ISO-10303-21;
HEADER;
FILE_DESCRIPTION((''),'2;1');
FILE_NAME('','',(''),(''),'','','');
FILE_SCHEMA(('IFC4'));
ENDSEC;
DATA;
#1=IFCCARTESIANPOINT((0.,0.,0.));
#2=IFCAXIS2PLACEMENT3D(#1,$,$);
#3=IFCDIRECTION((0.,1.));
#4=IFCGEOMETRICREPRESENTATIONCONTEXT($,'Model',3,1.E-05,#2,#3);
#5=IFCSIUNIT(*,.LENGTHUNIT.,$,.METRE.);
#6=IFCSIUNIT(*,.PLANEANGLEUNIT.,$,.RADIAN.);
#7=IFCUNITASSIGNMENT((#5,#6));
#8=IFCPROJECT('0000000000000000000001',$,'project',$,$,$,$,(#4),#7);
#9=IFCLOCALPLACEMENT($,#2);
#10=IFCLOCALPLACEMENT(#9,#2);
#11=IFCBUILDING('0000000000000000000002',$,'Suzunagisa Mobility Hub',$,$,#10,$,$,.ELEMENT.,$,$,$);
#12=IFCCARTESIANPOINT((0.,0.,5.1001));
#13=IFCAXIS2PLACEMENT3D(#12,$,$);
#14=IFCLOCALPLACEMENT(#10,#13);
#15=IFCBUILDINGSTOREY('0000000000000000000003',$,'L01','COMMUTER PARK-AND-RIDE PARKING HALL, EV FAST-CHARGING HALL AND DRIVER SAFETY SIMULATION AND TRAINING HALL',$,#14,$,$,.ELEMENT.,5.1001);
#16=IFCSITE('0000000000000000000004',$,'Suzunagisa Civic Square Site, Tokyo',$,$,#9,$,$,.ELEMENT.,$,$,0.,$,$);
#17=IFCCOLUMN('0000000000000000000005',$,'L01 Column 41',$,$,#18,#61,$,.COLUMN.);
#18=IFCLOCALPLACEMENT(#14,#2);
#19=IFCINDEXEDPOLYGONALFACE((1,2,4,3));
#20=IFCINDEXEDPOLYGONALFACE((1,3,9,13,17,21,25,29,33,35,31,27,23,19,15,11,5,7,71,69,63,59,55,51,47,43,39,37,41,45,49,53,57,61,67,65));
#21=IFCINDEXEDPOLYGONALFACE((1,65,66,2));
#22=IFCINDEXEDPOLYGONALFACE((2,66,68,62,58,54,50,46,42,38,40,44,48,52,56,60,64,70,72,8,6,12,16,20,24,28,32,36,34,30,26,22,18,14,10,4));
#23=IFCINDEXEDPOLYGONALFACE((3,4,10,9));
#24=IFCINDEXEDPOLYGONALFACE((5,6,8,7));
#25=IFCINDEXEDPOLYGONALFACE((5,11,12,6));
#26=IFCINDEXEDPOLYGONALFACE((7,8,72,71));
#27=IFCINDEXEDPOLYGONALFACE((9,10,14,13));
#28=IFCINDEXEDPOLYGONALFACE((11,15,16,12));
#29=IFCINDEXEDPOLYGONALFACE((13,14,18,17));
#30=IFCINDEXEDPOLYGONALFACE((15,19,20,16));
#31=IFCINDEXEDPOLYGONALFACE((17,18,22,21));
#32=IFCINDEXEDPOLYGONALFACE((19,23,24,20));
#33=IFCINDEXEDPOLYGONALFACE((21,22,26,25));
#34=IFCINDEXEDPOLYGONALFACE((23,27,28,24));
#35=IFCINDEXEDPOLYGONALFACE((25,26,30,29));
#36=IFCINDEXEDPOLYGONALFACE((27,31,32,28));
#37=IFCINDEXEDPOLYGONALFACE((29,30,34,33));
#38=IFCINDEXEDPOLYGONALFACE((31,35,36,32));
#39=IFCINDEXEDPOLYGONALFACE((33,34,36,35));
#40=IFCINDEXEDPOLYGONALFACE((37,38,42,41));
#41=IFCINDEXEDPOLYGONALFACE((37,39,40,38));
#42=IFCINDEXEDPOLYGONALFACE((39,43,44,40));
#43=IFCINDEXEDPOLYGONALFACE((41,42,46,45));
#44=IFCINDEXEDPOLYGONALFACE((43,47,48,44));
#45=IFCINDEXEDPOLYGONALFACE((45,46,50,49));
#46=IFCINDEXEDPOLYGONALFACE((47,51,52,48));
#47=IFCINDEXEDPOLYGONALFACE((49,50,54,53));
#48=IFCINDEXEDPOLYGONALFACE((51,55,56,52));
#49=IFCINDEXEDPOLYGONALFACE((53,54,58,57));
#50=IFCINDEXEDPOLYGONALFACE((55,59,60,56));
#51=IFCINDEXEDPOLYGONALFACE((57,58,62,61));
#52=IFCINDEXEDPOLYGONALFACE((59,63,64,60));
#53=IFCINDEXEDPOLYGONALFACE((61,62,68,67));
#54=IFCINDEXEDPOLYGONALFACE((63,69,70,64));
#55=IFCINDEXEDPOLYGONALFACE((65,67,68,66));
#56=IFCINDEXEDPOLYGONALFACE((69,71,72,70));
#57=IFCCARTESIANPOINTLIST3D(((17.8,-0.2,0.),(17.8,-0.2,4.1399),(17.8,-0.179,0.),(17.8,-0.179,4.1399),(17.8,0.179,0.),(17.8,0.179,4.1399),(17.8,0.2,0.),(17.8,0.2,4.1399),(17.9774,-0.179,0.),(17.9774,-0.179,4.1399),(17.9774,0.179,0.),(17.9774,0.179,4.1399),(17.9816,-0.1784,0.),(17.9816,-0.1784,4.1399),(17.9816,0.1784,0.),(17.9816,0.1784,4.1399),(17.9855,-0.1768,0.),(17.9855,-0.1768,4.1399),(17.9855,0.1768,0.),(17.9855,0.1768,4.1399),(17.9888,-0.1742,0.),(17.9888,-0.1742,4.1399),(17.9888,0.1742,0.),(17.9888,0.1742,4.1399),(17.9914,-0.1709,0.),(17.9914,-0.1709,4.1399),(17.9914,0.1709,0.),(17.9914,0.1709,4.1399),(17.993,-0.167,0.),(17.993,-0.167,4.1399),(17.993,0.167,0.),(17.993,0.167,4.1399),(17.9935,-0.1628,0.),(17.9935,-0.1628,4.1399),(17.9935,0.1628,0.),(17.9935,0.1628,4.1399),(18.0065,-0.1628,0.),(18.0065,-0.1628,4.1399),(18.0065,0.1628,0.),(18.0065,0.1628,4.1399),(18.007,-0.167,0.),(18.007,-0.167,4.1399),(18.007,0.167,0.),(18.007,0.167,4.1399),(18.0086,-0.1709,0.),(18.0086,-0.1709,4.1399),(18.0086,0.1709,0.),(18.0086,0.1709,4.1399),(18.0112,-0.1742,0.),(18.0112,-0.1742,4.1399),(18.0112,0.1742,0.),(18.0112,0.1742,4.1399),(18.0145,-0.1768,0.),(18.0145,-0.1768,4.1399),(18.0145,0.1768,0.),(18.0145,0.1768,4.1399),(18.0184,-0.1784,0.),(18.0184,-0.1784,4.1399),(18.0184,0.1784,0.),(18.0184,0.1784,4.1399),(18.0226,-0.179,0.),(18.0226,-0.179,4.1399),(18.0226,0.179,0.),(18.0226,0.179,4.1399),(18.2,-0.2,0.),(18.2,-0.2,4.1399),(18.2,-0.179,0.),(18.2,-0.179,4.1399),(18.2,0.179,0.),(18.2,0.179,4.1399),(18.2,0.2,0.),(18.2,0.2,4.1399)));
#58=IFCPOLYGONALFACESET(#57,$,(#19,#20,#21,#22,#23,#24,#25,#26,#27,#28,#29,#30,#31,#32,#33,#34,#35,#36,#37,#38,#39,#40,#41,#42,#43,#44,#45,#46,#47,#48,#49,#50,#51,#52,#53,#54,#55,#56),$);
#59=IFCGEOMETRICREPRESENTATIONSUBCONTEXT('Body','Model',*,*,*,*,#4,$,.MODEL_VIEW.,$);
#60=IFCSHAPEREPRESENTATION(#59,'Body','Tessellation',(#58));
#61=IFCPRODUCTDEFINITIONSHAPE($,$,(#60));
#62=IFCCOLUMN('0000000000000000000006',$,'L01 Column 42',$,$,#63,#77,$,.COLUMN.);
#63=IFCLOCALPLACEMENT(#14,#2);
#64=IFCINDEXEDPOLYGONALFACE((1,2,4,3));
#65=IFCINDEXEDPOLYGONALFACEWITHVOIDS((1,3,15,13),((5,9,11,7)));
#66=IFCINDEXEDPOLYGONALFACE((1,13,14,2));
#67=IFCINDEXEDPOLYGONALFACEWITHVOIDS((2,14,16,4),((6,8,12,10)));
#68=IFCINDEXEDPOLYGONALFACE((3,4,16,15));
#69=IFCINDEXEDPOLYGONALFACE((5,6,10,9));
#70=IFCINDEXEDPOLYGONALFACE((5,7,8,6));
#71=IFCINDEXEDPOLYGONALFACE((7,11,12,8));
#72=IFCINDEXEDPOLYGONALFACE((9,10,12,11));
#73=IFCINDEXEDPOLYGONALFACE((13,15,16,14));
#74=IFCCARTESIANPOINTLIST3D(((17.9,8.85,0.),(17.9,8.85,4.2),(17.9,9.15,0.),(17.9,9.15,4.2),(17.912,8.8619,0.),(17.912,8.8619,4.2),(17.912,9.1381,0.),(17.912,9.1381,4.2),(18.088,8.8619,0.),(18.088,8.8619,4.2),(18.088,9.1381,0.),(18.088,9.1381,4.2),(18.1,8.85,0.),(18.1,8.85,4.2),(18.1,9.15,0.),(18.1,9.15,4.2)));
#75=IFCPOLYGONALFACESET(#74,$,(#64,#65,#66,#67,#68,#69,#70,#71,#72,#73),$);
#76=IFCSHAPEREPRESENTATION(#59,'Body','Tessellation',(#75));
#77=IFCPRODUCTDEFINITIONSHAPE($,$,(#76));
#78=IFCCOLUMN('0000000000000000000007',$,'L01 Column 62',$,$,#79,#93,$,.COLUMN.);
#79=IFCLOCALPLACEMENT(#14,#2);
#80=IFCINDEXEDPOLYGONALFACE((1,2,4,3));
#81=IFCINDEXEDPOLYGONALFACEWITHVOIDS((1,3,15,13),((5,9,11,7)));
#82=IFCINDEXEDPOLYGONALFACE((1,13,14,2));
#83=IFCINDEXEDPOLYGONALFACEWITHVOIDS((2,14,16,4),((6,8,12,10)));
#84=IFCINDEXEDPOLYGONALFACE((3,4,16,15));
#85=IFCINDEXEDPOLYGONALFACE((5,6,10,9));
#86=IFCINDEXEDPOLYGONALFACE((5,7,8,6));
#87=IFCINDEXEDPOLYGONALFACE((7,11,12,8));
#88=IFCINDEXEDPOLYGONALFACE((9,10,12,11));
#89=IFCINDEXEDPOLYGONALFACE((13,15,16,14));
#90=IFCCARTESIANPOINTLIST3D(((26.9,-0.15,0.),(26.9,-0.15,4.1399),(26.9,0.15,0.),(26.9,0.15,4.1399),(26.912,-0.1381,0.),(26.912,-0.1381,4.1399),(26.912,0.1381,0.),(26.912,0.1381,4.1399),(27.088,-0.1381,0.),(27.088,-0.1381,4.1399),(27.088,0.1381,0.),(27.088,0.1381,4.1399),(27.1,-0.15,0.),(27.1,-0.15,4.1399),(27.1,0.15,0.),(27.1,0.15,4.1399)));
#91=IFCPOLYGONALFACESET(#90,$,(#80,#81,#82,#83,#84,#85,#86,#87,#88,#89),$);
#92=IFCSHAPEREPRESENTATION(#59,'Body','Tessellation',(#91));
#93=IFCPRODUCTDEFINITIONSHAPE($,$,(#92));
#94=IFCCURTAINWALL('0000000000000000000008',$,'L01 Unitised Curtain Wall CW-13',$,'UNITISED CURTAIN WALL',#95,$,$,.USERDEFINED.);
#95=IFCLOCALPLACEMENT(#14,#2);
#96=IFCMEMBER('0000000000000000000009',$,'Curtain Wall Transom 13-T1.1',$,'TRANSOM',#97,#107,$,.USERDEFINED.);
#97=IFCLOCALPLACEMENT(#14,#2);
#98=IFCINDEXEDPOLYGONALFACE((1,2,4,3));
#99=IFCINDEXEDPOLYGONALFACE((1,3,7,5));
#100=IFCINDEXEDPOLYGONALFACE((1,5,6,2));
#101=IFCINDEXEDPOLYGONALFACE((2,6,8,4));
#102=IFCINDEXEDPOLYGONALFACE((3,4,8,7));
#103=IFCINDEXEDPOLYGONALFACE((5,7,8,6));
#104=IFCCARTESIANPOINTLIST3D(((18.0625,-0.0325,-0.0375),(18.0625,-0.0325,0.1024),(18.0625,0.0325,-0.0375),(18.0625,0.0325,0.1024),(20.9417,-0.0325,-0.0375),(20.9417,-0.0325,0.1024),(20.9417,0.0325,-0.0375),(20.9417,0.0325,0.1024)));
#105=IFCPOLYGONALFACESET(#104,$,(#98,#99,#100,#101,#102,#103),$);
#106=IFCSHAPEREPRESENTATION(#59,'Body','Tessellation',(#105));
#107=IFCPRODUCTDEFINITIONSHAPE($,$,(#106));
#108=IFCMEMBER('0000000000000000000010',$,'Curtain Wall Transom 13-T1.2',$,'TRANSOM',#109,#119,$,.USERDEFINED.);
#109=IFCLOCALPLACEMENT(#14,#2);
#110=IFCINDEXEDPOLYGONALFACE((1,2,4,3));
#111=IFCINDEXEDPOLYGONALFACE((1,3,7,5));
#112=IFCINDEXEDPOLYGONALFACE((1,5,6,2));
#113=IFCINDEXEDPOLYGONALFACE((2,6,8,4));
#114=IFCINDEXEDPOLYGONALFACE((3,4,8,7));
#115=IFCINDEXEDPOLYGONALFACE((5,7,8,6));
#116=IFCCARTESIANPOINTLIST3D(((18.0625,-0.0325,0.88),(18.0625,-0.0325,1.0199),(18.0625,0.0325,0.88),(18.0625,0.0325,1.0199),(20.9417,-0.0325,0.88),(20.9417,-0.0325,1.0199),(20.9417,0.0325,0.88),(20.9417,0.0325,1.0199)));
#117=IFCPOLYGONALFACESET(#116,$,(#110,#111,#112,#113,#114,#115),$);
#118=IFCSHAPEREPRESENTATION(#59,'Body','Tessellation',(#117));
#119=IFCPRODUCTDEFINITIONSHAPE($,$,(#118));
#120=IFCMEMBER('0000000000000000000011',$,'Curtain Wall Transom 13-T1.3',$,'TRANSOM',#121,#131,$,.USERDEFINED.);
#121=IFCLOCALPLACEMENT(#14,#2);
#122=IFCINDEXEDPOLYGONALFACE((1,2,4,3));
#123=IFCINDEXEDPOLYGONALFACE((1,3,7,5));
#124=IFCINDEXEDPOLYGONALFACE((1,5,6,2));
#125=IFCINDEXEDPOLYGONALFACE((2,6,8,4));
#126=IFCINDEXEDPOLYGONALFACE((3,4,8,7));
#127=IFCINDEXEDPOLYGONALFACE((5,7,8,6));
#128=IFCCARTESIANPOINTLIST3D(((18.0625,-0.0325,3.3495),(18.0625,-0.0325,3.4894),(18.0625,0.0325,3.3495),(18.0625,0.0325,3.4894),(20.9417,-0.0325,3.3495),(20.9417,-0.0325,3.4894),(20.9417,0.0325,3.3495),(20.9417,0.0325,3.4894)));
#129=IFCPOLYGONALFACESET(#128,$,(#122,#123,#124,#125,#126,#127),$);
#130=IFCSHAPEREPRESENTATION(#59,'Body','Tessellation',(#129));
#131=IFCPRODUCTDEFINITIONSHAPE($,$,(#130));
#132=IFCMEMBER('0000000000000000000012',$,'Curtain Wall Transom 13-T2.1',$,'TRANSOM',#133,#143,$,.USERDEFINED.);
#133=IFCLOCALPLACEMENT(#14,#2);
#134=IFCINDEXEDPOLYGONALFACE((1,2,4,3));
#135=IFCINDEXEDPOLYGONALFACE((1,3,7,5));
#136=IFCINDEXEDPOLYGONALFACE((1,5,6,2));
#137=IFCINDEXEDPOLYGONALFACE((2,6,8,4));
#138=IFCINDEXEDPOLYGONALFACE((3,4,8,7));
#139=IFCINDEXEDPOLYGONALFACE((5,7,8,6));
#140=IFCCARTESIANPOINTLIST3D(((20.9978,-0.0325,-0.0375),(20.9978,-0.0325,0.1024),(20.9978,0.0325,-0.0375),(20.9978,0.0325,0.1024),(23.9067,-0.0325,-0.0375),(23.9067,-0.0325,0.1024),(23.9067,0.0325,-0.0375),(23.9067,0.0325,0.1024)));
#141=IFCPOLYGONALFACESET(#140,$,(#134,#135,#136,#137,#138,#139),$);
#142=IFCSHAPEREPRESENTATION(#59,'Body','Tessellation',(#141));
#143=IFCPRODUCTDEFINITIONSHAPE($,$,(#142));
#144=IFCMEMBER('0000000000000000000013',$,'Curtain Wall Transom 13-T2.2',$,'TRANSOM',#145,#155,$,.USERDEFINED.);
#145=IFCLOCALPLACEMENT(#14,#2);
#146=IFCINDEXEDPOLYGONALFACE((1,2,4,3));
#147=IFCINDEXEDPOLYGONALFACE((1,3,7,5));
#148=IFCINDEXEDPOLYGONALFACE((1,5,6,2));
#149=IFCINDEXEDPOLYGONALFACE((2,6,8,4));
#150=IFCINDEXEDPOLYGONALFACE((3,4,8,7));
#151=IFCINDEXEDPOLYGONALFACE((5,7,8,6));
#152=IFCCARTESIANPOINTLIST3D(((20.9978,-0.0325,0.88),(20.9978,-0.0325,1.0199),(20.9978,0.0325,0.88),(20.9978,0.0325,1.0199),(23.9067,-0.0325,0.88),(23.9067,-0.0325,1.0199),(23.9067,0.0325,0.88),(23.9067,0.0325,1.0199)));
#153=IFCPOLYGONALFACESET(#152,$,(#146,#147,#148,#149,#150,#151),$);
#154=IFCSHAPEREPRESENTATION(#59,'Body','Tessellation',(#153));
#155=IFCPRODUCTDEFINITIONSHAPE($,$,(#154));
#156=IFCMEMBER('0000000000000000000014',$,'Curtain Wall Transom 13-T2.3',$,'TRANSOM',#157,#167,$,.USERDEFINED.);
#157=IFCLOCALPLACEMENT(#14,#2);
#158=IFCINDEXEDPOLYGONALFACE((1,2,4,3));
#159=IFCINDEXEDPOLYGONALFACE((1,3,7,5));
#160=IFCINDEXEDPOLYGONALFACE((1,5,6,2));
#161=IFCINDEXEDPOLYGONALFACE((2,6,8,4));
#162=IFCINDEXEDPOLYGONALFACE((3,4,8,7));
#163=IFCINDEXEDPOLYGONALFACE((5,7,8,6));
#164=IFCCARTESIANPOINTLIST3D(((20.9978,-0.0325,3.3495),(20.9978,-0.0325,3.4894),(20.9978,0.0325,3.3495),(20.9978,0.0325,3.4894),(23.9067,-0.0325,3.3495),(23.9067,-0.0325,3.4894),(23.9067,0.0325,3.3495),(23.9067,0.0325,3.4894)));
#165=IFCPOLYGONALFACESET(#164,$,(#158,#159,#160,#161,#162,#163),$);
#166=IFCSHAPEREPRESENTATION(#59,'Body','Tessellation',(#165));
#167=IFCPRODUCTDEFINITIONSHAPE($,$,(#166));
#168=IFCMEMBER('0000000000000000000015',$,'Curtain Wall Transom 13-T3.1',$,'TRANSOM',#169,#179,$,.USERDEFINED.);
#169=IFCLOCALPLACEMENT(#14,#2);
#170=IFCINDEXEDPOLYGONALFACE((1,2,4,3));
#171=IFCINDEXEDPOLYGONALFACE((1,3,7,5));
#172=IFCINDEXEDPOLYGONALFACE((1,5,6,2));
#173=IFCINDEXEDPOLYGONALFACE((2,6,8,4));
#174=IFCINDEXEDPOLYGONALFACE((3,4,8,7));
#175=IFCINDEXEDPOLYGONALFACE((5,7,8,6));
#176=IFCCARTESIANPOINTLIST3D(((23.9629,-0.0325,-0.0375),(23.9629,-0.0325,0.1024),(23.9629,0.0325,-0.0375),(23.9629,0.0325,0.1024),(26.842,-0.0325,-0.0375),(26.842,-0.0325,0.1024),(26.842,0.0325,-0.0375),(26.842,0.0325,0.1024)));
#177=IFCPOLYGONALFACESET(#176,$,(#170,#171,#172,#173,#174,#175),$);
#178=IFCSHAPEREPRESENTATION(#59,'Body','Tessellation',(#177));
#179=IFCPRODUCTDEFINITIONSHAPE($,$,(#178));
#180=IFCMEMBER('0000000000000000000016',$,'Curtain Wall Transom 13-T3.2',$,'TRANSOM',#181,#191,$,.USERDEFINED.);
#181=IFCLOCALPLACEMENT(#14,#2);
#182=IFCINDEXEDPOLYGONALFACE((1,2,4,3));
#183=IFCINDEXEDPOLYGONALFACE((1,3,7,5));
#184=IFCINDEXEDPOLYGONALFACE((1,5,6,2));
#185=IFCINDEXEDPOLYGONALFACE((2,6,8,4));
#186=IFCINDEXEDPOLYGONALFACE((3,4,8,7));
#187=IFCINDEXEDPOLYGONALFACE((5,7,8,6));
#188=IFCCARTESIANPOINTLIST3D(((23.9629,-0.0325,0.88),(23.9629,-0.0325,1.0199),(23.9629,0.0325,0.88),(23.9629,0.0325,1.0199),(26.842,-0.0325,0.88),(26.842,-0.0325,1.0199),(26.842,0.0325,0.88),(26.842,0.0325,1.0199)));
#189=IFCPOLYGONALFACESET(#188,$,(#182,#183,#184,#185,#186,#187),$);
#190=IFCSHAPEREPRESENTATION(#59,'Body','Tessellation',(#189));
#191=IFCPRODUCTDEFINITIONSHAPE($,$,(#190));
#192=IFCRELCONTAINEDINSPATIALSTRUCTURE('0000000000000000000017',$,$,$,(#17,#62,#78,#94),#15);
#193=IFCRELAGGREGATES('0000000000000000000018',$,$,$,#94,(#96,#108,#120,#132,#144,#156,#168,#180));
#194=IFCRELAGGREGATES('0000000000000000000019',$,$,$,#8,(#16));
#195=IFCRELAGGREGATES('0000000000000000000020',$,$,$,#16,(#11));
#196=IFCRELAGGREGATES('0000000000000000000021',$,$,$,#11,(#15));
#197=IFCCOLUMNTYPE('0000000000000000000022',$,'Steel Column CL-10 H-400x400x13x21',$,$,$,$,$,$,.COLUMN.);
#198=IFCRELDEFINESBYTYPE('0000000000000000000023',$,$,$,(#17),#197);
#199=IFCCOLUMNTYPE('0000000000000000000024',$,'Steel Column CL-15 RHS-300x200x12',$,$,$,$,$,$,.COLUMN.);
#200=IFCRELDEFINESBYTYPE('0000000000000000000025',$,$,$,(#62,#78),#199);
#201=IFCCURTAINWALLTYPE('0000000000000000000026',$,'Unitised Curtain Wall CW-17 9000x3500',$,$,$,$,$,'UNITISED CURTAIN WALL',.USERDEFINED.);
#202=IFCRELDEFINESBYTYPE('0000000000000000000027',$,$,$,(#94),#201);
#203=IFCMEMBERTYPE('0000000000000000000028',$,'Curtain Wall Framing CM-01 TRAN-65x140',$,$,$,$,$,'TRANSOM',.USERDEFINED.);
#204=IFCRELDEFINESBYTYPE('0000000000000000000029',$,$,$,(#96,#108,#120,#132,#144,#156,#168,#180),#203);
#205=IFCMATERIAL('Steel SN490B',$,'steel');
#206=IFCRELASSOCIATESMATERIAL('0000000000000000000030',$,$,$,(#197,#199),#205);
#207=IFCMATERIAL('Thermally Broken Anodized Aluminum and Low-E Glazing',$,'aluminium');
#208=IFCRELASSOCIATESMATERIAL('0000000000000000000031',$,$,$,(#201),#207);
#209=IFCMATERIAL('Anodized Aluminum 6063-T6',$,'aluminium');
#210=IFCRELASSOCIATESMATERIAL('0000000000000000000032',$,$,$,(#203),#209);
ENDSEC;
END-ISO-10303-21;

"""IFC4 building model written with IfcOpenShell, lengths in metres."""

from ifc_helpers import new_model, si_unit, direction, frame, origin, origin_2d, place, context, subcontext, project, spatial, rectangle, hollow_rectangle, i_section, extrude, material, material_profile, profile_set, type_object, element, aggregate, save


model = new_model("IFC4")

# Units and contexts
model_context = context("Model", 3, precision=1e-05, world=origin(), true_north=direction((0.0, 1.0)))
body_context = subcontext(model_context, "Body", "Model", "MODEL_VIEW")
ifc_project = project(units=[si_unit("LENGTHUNIT", "METRE"), si_unit("PLANEANGLEUNIT", "RADIAN")], contexts=[model_context])

# Site, building, storey
site_placement = place(None, origin())
site = spatial("IfcSite", under=ifc_project, at=site_placement, Name="Suzunagisa Civic Square Site, Tokyo", CompositionType="ELEMENT", RefElevation=0.0)
building_placement = place(site_placement, origin())
building = spatial("IfcBuilding", under=site, at=building_placement, Name="Suzunagisa Mobility Hub", CompositionType="ELEMENT")
storey_placement = place(building_placement, frame((0.0, 0.0, 5.1001)))
storey = spatial("IfcBuildingStorey", under=building, at=storey_placement, Name="L01", Description="COMMUTER PARK-AND-RIDE PARKING HALL, EV FAST-CHARGING HALL AND DRIVER SAFETY SIMULATION AND TRAINING HALL", CompositionType="ELEMENT", Elevation=5.1001)

# Columns
ifc_material_1 = material(Name="Steel SN490B", Category="steel")
ifc_material_profile_1 = material_profile(ifc_material_1, i_section(OverallWidth=0.3999, OverallDepth=0.3999, WebThickness=0.0129, FlangeThickness=0.021, FilletRadius=0.0161, at=origin_2d()), Name="H-400x400x13x21")
ifc_profile_set_1 = profile_set([ifc_material_profile_1], Name="Steel SN490B")
column_type_1 = type_object("IfcColumnType", Name="Steel Column CL-10 H-400x400x13x21", PredefinedType="COLUMN", material=ifc_profile_set_1)
column_1_placement = place(storey_placement, frame((18.0, 0.0, 0.0), z_axis=(0.0, 0.0, 1.0), x_axis=(1.0, 0.0, 0.0)))
element("IfcColumn", 1, at=column_1_placement, inside=storey, type_object=column_type_1, Name="L01 Column 41", PredefinedType="COLUMN", context=body_context, shape_type="SweptSolid", body=[
    extrude(i_section(OverallWidth=0.3999, OverallDepth=0.3999, WebThickness=0.0129, FlangeThickness=0.021, FilletRadius=0.0161, at=origin_2d()), origin(), (0.0, 0.0, 1.0), 4.1399),
])
ifc_material_profile_2 = material_profile(ifc_material_1, hollow_rectangle(XDim=0.2, YDim=0.3, WallThickness=0.012, at=origin_2d()), Name="RHS-300x200x12")
ifc_profile_set_2 = profile_set([ifc_material_profile_2], Name="Steel SN490B")
column_type_2 = type_object("IfcColumnType", Name="Steel Column CL-15 RHS-300x200x12", PredefinedType="COLUMN", material=ifc_profile_set_2)
column_2_placement = place(storey_placement, frame((18.0, 9.0, 0.0), z_axis=(0.0, 0.0, 1.0), x_axis=(1.0, 0.0, 0.0)))
element("IfcColumn", 2, at=column_2_placement, inside=storey, type_object=column_type_2, Name="L01 Column 42", PredefinedType="COLUMN", context=body_context, shape_type="SweptSolid", body=[
    extrude(hollow_rectangle(XDim=0.2, YDim=0.3, WallThickness=0.012, at=origin_2d()), origin(), (0.0, 0.0, 1.0), 4.2),
])
column_3_placement = place(storey_placement, frame((27.0, 0.0, 0.0), z_axis=(0.0, 0.0, 1.0), x_axis=(1.0, 0.0, 0.0)))
element("IfcColumn", 3, at=column_3_placement, inside=storey, type_object=column_type_2, Name="L01 Column 62", PredefinedType="COLUMN", context=body_context, shape_type="SweptSolid", body=[
    extrude(hollow_rectangle(XDim=0.2, YDim=0.3, WallThickness=0.012, at=origin_2d()), origin(), (0.0, 0.0, 1.0), 4.1399),
])

# Curtain wall, members
ifc_material_2 = material(Name="Thermally Broken Anodized Aluminum and Low-E Glazing", Category="aluminium")
curtain_wall_type = type_object("IfcCurtainWallType", Name="Unitised Curtain Wall CW-17 9000x3500", ElementType="UNITISED CURTAIN WALL", PredefinedType="USERDEFINED", material=ifc_material_2)
curtain_wall_placement = place(storey_placement, origin())
curtain_wall = element("IfcCurtainWall", 4, at=curtain_wall_placement, inside=storey, type_object=curtain_wall_type, Name="L01 Unitised Curtain Wall CW-13", ObjectType="UNITISED CURTAIN WALL", PredefinedType="USERDEFINED")
ifc_material_3 = material(Name="Anodized Aluminum 6063-T6", Category="aluminium")
ifc_material_profile_3 = material_profile(ifc_material_3, rectangle(XDim=0.0649, YDim=0.1399, at=origin_2d()), Name="TRAN-65x140")
ifc_profile_set_3 = profile_set([ifc_material_profile_3], Name="Anodized Aluminum 6063-T6")
member_type_1 = type_object("IfcMemberType", Name="Curtain Wall Framing CM-01 TRAN-65x140", ElementType="TRANSOM", PredefinedType="USERDEFINED", material=ifc_profile_set_3)
member_1_placement = place(storey_placement, frame((18.0625, 0.0, 0.0325), z_axis=(1.0, 0.0, 0.0), x_axis=(0.0, 1.0, 0.0)))
member_1 = element("IfcMember", 5, at=member_1_placement, type_object=member_type_1, Name="Curtain Wall Transom 13-T1.1", ObjectType="TRANSOM", PredefinedType="USERDEFINED", context=body_context, shape_type="SweptSolid", body=[
    extrude(rectangle(XDim=0.0649, YDim=0.1399, at=origin_2d()), origin(), (0.0, 0.0, 1.0), 2.8792),
])
member_2_placement = place(storey_placement, frame((18.0625, 0.0, 0.95), z_axis=(1.0, 0.0, 0.0), x_axis=(0.0, 1.0, 0.0)))
member_2 = element("IfcMember", 6, at=member_2_placement, type_object=member_type_1, Name="Curtain Wall Transom 13-T1.2", ObjectType="TRANSOM", PredefinedType="USERDEFINED", context=body_context, shape_type="SweptSolid", body=[
    extrude(rectangle(XDim=0.0649, YDim=0.1399, at=origin_2d()), origin(), (0.0, 0.0, 1.0), 2.8792),
])
member_3_placement = place(storey_placement, frame((18.0625, 0.0, 3.4194), z_axis=(1.0, 0.0, 0.0), x_axis=(0.0, 1.0, 0.0)))
member_3 = element("IfcMember", 7, at=member_3_placement, type_object=member_type_1, Name="Curtain Wall Transom 13-T1.3", ObjectType="TRANSOM", PredefinedType="USERDEFINED", context=body_context, shape_type="SweptSolid", body=[
    extrude(rectangle(XDim=0.0649, YDim=0.1399, at=origin_2d()), origin(), (0.0, 0.0, 1.0), 2.8792),
])
member_4_placement = place(storey_placement, frame((20.9978, 0.0, 0.0325), z_axis=(1.0, 0.0, 0.0), x_axis=(0.0, 1.0, 0.0)))
member_4 = element("IfcMember", 8, at=member_4_placement, type_object=member_type_1, Name="Curtain Wall Transom 13-T2.1", ObjectType="TRANSOM", PredefinedType="USERDEFINED", context=body_context, shape_type="SweptSolid", body=[
    extrude(rectangle(XDim=0.0649, YDim=0.1399, at=origin_2d()), origin(), (0.0, 0.0, 1.0), 2.9089),
])
member_5_placement = place(storey_placement, frame((20.9978, 0.0, 0.95), z_axis=(1.0, 0.0, 0.0), x_axis=(0.0, 1.0, 0.0)))
member_5 = element("IfcMember", 9, at=member_5_placement, type_object=member_type_1, Name="Curtain Wall Transom 13-T2.2", ObjectType="TRANSOM", PredefinedType="USERDEFINED", context=body_context, shape_type="SweptSolid", body=[
    extrude(rectangle(XDim=0.0649, YDim=0.1399, at=origin_2d()), origin(), (0.0, 0.0, 1.0), 2.9089),
])
member_6_placement = place(storey_placement, frame((20.9978, 0.0, 3.4194), z_axis=(1.0, 0.0, 0.0), x_axis=(0.0, 1.0, 0.0)))
member_6 = element("IfcMember", 10, at=member_6_placement, type_object=member_type_1, Name="Curtain Wall Transom 13-T2.3", ObjectType="TRANSOM", PredefinedType="USERDEFINED", context=body_context, shape_type="SweptSolid", body=[
    extrude(rectangle(XDim=0.0649, YDim=0.1399, at=origin_2d()), origin(), (0.0, 0.0, 1.0), 2.9089),
])
member_7_placement = place(storey_placement, frame((23.9629, 0.0, 0.0325), z_axis=(1.0, 0.0, 0.0), x_axis=(0.0, 1.0, 0.0)))
member_7 = element("IfcMember", 11, at=member_7_placement, type_object=member_type_1, Name="Curtain Wall Transom 13-T3.1", ObjectType="TRANSOM", PredefinedType="USERDEFINED", context=body_context, shape_type="SweptSolid", body=[
    extrude(rectangle(XDim=0.0649, YDim=0.1399, at=origin_2d()), origin(), (0.0, 0.0, 1.0), 2.8792),
])
member_8_placement = place(storey_placement, frame((23.9629, 0.0, 0.95), z_axis=(1.0, 0.0, 0.0), x_axis=(0.0, 1.0, 0.0)))
member_8 = element("IfcMember", 12, at=member_8_placement, type_object=member_type_1, Name="Curtain Wall Transom 13-T3.2", ObjectType="TRANSOM", PredefinedType="USERDEFINED", context=body_context, shape_type="SweptSolid", body=[
    extrude(rectangle(XDim=0.0649, YDim=0.1399, at=origin_2d()), origin(), (0.0, 0.0, 1.0), 2.8792),
])

aggregate(curtain_wall, [member_1, member_2, member_3, member_4, member_5, member_6, member_7, member_8])

save(model, "model.ifc")
